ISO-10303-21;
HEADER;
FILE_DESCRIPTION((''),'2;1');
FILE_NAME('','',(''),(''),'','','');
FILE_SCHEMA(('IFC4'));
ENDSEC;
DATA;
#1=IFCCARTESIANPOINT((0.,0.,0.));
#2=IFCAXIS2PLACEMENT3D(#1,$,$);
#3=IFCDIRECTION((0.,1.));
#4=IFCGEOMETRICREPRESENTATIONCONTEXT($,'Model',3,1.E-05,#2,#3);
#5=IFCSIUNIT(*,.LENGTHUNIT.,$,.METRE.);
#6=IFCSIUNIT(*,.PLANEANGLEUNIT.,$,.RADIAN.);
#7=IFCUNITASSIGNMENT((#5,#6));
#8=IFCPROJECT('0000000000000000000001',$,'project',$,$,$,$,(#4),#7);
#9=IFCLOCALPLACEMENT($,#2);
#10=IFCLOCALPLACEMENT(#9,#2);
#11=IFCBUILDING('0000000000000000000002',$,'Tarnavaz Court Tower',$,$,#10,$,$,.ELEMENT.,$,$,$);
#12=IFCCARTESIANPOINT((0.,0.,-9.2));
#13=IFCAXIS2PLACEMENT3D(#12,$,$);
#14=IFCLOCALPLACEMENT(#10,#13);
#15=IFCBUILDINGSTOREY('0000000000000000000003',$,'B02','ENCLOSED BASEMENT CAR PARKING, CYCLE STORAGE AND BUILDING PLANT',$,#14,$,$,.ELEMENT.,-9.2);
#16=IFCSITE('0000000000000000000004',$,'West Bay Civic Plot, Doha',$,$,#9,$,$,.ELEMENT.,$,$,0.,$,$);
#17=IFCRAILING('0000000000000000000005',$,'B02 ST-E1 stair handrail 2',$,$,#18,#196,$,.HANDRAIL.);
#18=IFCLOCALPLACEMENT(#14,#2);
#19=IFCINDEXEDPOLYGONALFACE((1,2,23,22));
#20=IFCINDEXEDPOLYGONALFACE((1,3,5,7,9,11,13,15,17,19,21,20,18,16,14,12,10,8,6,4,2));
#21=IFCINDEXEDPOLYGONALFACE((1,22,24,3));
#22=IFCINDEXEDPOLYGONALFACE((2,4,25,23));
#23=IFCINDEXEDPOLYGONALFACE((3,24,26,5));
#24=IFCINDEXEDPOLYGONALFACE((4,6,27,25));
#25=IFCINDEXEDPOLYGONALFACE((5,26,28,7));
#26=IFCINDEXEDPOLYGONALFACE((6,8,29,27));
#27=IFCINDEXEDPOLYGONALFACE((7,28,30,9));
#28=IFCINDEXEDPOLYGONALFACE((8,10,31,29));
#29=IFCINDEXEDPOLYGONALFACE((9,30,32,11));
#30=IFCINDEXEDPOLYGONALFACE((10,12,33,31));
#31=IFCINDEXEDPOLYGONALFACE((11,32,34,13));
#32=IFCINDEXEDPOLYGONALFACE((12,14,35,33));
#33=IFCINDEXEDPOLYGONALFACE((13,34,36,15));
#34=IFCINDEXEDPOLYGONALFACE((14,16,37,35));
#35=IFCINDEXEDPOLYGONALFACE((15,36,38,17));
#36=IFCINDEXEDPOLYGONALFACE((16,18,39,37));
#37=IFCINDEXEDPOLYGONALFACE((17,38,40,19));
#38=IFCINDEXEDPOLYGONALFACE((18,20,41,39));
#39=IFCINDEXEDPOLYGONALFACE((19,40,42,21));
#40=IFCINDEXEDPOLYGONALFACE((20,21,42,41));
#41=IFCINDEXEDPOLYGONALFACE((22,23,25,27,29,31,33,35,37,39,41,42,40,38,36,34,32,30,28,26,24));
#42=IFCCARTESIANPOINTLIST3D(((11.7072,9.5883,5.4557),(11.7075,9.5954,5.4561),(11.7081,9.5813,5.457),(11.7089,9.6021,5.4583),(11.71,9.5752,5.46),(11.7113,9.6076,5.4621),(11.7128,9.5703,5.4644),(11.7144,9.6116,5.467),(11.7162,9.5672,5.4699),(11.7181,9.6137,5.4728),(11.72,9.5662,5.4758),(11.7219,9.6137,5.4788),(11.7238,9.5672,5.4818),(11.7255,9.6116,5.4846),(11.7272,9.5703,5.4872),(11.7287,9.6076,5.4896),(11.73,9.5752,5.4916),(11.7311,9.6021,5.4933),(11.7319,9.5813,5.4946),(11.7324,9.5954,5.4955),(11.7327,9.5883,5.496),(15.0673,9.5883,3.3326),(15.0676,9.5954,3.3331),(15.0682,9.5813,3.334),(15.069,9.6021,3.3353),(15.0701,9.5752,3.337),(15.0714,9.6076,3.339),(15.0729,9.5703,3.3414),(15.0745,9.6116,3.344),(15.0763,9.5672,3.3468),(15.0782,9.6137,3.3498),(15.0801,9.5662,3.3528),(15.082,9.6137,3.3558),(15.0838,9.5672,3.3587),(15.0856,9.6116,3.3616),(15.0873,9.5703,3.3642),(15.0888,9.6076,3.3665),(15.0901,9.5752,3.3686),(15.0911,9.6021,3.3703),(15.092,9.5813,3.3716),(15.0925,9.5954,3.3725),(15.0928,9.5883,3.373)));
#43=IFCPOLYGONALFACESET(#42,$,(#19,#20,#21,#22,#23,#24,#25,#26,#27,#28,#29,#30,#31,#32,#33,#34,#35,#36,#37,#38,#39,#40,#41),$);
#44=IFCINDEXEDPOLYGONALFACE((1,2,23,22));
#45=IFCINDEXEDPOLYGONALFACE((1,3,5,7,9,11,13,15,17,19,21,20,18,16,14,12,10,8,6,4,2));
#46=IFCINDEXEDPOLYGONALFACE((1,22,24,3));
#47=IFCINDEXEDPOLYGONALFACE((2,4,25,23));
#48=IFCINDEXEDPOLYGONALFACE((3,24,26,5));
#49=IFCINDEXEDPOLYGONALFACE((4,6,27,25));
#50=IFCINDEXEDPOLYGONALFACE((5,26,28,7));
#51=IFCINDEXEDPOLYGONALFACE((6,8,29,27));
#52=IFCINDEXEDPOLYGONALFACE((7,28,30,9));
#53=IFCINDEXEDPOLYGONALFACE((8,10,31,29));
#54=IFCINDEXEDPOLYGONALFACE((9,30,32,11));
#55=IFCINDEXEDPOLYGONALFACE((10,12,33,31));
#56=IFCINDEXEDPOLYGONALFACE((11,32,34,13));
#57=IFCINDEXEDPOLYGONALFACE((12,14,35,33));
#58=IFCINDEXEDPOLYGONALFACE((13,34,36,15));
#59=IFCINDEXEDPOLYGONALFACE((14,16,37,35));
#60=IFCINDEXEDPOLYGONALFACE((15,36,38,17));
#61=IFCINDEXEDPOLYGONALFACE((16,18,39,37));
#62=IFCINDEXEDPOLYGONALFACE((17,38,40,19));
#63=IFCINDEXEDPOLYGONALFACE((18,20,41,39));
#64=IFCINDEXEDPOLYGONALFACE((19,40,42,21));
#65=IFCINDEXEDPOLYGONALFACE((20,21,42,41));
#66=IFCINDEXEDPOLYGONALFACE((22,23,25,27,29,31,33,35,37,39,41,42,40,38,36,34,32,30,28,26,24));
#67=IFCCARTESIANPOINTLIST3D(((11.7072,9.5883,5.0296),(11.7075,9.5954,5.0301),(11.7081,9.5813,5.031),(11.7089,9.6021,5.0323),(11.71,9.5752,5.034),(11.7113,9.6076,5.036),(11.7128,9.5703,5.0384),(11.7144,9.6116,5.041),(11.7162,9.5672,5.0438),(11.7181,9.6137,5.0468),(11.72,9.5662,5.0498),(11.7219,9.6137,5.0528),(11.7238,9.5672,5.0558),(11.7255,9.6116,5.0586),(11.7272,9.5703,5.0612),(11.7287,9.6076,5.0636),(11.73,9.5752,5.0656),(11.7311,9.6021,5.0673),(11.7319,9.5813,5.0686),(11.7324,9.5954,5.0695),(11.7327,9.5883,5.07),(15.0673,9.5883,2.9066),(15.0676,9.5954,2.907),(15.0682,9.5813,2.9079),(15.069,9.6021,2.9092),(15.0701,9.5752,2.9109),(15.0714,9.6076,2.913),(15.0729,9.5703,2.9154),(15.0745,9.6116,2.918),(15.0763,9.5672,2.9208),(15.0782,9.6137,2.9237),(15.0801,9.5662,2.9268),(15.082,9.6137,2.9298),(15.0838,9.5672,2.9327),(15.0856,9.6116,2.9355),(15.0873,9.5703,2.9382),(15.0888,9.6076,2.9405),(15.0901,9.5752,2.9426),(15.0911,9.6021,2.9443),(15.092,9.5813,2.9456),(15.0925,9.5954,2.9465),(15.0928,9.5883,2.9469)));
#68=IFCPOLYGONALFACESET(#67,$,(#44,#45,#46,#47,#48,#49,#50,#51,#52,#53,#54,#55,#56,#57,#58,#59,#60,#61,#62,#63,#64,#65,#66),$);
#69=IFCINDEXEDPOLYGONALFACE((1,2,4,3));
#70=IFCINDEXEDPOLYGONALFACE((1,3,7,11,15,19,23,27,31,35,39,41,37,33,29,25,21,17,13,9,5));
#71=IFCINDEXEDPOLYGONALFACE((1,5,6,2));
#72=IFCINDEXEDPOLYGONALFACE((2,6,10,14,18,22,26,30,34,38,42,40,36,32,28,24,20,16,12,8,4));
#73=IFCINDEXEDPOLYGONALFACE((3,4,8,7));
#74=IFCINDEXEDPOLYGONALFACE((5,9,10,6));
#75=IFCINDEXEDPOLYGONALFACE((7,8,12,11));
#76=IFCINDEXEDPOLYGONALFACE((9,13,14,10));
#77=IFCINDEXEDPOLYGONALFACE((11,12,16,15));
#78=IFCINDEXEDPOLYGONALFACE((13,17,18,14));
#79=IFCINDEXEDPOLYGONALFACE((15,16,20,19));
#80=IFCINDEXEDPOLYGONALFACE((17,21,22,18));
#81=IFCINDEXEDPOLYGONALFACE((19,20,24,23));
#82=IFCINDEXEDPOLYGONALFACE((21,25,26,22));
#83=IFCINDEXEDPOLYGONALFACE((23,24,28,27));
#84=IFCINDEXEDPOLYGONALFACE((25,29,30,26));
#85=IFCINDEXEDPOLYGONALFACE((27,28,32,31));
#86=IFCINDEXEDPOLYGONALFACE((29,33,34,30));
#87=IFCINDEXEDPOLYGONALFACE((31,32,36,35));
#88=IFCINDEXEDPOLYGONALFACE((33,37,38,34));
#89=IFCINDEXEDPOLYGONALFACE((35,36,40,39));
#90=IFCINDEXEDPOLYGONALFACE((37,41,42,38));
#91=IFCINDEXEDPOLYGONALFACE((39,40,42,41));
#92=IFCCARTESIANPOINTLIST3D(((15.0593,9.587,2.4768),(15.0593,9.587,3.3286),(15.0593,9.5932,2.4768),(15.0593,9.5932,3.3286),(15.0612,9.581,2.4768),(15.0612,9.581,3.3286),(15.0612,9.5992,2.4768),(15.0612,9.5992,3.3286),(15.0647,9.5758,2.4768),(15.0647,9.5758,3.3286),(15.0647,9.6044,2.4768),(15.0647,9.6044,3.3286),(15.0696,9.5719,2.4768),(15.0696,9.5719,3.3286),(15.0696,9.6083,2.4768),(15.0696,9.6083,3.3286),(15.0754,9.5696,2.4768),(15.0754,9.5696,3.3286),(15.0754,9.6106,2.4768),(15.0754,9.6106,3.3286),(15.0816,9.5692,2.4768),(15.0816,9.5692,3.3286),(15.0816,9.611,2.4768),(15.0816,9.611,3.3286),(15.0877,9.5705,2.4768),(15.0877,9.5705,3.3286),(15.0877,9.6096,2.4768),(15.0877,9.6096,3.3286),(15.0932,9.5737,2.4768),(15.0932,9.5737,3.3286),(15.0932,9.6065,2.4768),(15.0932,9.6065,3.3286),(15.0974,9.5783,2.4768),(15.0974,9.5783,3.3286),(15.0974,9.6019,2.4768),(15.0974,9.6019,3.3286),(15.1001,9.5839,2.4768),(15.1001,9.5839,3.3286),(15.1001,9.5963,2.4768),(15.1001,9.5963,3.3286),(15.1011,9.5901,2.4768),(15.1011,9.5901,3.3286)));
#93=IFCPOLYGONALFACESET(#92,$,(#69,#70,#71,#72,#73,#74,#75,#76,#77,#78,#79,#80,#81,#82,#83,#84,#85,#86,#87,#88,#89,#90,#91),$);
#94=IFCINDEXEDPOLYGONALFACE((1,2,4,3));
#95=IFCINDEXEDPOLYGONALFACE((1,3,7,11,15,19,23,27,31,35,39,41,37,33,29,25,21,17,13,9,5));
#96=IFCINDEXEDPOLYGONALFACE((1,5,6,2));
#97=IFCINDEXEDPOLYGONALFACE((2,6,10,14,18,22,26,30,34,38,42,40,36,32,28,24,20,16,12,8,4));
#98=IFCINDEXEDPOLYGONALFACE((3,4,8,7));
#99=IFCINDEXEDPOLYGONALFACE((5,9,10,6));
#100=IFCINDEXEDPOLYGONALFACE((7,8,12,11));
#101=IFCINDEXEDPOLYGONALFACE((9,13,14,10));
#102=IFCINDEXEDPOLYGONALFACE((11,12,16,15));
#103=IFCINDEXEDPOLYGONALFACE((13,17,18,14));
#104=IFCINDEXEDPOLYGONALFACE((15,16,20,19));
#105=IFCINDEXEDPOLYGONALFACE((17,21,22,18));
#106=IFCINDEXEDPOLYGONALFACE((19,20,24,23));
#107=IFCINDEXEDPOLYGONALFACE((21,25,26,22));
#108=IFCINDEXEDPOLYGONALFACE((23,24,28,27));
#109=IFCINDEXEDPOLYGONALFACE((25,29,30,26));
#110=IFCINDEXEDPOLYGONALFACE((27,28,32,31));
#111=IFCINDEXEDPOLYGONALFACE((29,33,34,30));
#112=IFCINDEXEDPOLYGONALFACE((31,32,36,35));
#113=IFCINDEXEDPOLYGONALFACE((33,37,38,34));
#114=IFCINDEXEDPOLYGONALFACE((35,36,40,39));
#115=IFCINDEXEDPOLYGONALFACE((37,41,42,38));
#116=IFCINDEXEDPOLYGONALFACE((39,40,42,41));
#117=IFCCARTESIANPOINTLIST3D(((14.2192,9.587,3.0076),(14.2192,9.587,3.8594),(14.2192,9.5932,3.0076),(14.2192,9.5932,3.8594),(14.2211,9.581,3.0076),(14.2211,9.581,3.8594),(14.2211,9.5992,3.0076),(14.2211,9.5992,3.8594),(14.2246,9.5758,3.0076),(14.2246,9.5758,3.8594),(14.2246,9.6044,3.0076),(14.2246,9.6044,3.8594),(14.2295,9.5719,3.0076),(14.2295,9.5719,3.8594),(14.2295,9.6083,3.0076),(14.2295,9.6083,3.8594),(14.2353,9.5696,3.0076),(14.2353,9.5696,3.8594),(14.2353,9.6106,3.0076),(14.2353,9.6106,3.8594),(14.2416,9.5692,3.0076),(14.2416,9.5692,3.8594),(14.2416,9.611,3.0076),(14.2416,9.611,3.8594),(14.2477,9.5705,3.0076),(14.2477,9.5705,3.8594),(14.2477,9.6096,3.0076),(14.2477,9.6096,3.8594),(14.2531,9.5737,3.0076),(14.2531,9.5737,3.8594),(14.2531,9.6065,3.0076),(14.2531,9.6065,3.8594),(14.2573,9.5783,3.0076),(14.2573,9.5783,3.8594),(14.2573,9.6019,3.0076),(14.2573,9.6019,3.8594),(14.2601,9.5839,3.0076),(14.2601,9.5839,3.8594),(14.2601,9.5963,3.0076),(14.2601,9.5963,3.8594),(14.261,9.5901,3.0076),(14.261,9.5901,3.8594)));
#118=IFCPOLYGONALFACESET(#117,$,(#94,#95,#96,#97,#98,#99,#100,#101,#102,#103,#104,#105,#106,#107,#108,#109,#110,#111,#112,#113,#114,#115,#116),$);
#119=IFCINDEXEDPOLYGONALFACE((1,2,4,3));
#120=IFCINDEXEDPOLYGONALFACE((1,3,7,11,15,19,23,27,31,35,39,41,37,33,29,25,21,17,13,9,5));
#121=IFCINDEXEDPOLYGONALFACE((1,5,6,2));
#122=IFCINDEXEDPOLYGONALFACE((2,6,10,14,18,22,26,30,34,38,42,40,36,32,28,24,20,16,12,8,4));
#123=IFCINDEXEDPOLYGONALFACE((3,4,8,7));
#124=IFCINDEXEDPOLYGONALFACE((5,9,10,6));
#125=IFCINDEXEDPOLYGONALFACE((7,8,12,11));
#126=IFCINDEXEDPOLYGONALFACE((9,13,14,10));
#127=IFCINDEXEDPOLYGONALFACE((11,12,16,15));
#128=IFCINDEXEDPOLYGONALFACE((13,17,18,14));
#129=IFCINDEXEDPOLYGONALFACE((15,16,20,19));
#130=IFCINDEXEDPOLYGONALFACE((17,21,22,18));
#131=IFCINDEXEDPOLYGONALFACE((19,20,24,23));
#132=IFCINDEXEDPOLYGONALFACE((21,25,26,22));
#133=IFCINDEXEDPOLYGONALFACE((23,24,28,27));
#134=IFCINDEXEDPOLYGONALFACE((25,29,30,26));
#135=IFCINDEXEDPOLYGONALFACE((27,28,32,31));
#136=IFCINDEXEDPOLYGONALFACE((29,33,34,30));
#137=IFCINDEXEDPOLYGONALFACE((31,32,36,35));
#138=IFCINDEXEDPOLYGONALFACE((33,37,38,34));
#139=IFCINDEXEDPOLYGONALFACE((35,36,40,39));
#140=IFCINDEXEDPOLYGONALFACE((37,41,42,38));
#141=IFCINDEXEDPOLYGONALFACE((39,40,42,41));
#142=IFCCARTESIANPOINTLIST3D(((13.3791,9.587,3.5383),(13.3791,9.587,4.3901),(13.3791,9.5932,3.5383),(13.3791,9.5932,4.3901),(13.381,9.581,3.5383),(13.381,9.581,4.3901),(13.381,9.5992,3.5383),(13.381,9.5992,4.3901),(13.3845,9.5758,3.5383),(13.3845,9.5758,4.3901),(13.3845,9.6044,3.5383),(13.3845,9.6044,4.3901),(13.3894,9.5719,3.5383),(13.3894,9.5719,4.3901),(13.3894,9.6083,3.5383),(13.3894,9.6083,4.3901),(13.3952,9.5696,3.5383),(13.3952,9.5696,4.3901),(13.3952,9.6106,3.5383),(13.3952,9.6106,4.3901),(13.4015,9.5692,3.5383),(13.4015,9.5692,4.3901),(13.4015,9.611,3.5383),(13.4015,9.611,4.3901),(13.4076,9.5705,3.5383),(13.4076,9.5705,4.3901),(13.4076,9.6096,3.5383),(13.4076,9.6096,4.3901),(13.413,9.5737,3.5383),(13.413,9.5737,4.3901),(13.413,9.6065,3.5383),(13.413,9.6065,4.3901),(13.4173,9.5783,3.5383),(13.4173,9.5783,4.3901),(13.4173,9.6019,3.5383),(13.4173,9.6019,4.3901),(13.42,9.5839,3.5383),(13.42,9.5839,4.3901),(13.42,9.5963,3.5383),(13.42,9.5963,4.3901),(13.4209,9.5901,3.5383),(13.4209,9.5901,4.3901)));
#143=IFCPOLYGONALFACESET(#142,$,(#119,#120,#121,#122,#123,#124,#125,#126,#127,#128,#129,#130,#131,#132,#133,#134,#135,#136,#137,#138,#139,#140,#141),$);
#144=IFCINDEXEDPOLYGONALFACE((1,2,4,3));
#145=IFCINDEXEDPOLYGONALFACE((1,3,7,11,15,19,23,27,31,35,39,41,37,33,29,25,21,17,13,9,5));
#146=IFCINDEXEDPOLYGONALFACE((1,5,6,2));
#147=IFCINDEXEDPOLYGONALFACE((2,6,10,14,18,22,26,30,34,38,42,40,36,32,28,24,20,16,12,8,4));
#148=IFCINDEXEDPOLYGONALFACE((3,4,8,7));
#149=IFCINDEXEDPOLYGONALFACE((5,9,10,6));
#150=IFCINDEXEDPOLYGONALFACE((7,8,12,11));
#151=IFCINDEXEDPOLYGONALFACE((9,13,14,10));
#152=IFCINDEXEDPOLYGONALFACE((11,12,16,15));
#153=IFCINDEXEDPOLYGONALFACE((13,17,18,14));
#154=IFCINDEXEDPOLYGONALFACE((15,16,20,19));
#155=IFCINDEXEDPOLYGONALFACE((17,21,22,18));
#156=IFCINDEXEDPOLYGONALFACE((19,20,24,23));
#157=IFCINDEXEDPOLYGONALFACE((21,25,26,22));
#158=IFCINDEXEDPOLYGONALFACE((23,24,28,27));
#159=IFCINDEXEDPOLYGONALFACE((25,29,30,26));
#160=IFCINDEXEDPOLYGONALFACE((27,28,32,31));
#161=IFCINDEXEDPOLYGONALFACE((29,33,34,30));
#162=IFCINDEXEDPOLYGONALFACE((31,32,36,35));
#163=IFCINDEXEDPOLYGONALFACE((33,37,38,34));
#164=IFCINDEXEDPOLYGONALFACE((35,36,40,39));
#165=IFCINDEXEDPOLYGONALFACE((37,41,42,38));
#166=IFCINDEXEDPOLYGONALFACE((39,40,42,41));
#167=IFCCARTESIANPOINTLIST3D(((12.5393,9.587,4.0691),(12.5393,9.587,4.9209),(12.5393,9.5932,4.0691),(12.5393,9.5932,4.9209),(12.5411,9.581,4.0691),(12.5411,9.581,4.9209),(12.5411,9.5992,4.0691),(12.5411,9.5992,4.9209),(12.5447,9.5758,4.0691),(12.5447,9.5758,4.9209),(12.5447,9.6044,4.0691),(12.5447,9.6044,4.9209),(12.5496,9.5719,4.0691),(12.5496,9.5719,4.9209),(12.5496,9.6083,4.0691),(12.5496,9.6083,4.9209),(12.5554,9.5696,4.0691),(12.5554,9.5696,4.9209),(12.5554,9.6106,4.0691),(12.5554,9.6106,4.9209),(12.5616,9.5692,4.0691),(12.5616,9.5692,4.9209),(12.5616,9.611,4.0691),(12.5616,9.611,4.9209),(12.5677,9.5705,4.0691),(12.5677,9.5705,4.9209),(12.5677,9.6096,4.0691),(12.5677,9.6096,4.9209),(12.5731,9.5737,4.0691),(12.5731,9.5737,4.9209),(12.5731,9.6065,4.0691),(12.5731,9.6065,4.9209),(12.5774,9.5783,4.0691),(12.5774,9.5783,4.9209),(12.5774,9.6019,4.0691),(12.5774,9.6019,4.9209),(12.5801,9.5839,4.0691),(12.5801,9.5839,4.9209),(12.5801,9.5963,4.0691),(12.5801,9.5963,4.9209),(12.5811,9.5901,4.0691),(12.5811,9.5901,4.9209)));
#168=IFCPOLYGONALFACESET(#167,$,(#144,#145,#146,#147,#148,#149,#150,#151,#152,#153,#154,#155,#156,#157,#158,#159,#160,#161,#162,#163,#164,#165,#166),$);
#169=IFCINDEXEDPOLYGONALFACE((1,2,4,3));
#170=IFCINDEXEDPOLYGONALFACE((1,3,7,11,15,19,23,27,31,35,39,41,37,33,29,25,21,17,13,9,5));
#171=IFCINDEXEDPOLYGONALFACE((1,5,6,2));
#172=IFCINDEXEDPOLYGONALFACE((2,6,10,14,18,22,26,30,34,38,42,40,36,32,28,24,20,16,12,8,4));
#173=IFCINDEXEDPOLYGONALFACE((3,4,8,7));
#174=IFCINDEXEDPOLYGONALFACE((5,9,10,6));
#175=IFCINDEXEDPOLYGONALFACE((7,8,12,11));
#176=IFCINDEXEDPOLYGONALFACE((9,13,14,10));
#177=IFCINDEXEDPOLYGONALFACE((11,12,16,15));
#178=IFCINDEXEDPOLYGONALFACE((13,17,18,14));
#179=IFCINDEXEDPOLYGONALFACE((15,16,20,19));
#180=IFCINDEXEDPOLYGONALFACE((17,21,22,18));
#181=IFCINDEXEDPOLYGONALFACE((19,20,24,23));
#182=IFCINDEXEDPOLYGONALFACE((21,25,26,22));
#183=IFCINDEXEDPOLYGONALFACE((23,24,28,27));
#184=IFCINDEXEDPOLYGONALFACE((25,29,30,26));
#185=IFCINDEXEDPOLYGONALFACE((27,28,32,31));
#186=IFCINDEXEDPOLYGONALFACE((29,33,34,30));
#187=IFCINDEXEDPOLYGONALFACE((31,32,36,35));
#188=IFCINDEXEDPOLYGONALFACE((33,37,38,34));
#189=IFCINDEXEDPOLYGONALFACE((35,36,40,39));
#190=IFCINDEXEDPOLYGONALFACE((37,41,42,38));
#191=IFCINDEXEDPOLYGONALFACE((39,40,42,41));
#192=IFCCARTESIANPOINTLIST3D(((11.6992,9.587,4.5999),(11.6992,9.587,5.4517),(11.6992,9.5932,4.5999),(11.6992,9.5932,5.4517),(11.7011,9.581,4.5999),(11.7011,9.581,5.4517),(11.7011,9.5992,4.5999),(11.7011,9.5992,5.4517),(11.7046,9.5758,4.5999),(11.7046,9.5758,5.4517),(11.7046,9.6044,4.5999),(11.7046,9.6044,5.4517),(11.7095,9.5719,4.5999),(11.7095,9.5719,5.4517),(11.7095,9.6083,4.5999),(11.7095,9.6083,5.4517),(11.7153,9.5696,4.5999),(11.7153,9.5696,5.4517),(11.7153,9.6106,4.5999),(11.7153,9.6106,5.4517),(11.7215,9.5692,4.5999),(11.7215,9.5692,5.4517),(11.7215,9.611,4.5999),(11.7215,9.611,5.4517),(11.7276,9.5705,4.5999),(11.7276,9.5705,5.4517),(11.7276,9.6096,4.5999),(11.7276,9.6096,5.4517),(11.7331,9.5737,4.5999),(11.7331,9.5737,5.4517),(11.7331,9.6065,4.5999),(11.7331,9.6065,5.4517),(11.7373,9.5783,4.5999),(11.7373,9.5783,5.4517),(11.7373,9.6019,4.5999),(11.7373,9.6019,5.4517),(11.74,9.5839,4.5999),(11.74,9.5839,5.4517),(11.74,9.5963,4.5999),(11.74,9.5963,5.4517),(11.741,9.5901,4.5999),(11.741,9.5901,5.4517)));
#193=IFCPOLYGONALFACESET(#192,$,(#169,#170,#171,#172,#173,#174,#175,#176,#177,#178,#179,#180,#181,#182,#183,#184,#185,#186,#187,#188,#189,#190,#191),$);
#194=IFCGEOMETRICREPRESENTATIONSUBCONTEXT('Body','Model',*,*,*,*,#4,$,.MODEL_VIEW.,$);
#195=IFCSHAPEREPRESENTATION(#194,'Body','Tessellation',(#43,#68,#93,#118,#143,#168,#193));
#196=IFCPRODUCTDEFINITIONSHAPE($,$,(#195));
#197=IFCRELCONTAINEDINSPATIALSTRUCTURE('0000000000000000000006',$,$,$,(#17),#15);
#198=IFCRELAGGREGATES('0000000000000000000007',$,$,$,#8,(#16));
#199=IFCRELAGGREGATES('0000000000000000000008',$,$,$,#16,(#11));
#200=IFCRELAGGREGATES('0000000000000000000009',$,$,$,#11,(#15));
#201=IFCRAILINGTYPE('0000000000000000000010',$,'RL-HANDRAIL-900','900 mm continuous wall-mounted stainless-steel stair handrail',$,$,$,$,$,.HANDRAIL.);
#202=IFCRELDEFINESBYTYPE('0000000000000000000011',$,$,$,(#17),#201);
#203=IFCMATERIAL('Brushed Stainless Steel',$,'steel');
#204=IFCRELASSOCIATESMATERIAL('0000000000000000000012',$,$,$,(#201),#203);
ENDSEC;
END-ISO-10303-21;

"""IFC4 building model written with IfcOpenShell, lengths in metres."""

from ifc_helpers import new_model, si_unit, direction, frame, origin, origin_2d, place, context, subcontext, project, spatial, circle, extrude, material, type_object, element, save


model = new_model("IFC4")

# Units and contexts
model_context = context("Model", 3, precision=1e-05, world=origin(), true_north=direction((0.0, 1.0)))
body_context = subcontext(model_context, "Body", "Model", "MODEL_VIEW")
ifc_project = project(units=[si_unit("LENGTHUNIT", "METRE"), si_unit("PLANEANGLEUNIT", "RADIAN")], contexts=[model_context])

# Site, building, storey
site_placement = place(None, origin())
site = spatial("IfcSite", under=ifc_project, at=site_placement, Name="West Bay Civic Plot, Doha", CompositionType="ELEMENT", RefElevation=0.0)
building_placement = place(site_placement, origin())
building = spatial("IfcBuilding", under=site, at=building_placement, Name="Tarnavaz Court Tower", CompositionType="ELEMENT")
storey_placement = place(building_placement, frame((0.0, 0.0, -9.2)))
storey = spatial("IfcBuildingStorey", under=building, at=storey_placement, Name="B02", Description="ENCLOSED BASEMENT CAR PARKING, CYCLE STORAGE AND BUILDING PLANT", CompositionType="ELEMENT", Elevation=-9.2)

# Railing
ifc_material_1 = material(Name="Brushed Stainless Steel", Category="steel")
railing_type_1 = type_object("IfcRailingType", Name="RL-HANDRAIL-900", Description="900 mm continuous wall-mounted stainless-steel stair handrail", PredefinedType="HANDRAIL", material=ifc_material_1)
railing_1_placement = place(storey_placement, frame((15.0801, 9.5901, 2.4768)))
element("IfcRailing", 1, at=railing_1_placement, inside=storey, type_object=railing_type_1, Name="B02 ST-E1 stair handrail 2", PredefinedType="HANDRAIL", context=body_context, shape_type="SweptSolid", body=[
    extrude(circle(Radius=0.0239, at=origin_2d()), frame((0.0, 0.0, 0.876), z_axis=(-0.84539, 0.0, 0.53415), x_axis=(0.0, -1.0, 0.0)), (0.0, 0.0, 1.0), 3.9746),
    extrude(circle(Radius=0.0239, at=origin_2d()), frame((0.0, 0.0, 0.45), z_axis=(-0.84539, 0.0, 0.53415), x_axis=(0.0, -1.0, 0.0)), (0.0, 0.0, 1.0), 3.9746),
    extrude(circle(Radius=0.021, at=origin_2d()), origin(), (0.0, 0.0, 1.0), 0.8518),
    extrude(circle(Radius=0.021, at=origin_2d()), frame((-0.8401, 0.0, 0.5308)), (0.0, 0.0, 1.0), 0.8518),
    extrude(circle(Radius=0.021, at=origin_2d()), frame((-1.6802, 0.0, 1.0615)), (0.0, 0.0, 1.0), 0.8518),
    extrude(circle(Radius=0.021, at=origin_2d()), frame((-2.52, 0.0, 1.5923)), (0.0, 0.0, 1.0), 0.8518),
    extrude(circle(Radius=0.021, at=origin_2d()), frame((-3.3601, 0.0, 2.123)), (0.0, 0.0, 1.0), 0.8518),
])

save(model, "model.ifc")
